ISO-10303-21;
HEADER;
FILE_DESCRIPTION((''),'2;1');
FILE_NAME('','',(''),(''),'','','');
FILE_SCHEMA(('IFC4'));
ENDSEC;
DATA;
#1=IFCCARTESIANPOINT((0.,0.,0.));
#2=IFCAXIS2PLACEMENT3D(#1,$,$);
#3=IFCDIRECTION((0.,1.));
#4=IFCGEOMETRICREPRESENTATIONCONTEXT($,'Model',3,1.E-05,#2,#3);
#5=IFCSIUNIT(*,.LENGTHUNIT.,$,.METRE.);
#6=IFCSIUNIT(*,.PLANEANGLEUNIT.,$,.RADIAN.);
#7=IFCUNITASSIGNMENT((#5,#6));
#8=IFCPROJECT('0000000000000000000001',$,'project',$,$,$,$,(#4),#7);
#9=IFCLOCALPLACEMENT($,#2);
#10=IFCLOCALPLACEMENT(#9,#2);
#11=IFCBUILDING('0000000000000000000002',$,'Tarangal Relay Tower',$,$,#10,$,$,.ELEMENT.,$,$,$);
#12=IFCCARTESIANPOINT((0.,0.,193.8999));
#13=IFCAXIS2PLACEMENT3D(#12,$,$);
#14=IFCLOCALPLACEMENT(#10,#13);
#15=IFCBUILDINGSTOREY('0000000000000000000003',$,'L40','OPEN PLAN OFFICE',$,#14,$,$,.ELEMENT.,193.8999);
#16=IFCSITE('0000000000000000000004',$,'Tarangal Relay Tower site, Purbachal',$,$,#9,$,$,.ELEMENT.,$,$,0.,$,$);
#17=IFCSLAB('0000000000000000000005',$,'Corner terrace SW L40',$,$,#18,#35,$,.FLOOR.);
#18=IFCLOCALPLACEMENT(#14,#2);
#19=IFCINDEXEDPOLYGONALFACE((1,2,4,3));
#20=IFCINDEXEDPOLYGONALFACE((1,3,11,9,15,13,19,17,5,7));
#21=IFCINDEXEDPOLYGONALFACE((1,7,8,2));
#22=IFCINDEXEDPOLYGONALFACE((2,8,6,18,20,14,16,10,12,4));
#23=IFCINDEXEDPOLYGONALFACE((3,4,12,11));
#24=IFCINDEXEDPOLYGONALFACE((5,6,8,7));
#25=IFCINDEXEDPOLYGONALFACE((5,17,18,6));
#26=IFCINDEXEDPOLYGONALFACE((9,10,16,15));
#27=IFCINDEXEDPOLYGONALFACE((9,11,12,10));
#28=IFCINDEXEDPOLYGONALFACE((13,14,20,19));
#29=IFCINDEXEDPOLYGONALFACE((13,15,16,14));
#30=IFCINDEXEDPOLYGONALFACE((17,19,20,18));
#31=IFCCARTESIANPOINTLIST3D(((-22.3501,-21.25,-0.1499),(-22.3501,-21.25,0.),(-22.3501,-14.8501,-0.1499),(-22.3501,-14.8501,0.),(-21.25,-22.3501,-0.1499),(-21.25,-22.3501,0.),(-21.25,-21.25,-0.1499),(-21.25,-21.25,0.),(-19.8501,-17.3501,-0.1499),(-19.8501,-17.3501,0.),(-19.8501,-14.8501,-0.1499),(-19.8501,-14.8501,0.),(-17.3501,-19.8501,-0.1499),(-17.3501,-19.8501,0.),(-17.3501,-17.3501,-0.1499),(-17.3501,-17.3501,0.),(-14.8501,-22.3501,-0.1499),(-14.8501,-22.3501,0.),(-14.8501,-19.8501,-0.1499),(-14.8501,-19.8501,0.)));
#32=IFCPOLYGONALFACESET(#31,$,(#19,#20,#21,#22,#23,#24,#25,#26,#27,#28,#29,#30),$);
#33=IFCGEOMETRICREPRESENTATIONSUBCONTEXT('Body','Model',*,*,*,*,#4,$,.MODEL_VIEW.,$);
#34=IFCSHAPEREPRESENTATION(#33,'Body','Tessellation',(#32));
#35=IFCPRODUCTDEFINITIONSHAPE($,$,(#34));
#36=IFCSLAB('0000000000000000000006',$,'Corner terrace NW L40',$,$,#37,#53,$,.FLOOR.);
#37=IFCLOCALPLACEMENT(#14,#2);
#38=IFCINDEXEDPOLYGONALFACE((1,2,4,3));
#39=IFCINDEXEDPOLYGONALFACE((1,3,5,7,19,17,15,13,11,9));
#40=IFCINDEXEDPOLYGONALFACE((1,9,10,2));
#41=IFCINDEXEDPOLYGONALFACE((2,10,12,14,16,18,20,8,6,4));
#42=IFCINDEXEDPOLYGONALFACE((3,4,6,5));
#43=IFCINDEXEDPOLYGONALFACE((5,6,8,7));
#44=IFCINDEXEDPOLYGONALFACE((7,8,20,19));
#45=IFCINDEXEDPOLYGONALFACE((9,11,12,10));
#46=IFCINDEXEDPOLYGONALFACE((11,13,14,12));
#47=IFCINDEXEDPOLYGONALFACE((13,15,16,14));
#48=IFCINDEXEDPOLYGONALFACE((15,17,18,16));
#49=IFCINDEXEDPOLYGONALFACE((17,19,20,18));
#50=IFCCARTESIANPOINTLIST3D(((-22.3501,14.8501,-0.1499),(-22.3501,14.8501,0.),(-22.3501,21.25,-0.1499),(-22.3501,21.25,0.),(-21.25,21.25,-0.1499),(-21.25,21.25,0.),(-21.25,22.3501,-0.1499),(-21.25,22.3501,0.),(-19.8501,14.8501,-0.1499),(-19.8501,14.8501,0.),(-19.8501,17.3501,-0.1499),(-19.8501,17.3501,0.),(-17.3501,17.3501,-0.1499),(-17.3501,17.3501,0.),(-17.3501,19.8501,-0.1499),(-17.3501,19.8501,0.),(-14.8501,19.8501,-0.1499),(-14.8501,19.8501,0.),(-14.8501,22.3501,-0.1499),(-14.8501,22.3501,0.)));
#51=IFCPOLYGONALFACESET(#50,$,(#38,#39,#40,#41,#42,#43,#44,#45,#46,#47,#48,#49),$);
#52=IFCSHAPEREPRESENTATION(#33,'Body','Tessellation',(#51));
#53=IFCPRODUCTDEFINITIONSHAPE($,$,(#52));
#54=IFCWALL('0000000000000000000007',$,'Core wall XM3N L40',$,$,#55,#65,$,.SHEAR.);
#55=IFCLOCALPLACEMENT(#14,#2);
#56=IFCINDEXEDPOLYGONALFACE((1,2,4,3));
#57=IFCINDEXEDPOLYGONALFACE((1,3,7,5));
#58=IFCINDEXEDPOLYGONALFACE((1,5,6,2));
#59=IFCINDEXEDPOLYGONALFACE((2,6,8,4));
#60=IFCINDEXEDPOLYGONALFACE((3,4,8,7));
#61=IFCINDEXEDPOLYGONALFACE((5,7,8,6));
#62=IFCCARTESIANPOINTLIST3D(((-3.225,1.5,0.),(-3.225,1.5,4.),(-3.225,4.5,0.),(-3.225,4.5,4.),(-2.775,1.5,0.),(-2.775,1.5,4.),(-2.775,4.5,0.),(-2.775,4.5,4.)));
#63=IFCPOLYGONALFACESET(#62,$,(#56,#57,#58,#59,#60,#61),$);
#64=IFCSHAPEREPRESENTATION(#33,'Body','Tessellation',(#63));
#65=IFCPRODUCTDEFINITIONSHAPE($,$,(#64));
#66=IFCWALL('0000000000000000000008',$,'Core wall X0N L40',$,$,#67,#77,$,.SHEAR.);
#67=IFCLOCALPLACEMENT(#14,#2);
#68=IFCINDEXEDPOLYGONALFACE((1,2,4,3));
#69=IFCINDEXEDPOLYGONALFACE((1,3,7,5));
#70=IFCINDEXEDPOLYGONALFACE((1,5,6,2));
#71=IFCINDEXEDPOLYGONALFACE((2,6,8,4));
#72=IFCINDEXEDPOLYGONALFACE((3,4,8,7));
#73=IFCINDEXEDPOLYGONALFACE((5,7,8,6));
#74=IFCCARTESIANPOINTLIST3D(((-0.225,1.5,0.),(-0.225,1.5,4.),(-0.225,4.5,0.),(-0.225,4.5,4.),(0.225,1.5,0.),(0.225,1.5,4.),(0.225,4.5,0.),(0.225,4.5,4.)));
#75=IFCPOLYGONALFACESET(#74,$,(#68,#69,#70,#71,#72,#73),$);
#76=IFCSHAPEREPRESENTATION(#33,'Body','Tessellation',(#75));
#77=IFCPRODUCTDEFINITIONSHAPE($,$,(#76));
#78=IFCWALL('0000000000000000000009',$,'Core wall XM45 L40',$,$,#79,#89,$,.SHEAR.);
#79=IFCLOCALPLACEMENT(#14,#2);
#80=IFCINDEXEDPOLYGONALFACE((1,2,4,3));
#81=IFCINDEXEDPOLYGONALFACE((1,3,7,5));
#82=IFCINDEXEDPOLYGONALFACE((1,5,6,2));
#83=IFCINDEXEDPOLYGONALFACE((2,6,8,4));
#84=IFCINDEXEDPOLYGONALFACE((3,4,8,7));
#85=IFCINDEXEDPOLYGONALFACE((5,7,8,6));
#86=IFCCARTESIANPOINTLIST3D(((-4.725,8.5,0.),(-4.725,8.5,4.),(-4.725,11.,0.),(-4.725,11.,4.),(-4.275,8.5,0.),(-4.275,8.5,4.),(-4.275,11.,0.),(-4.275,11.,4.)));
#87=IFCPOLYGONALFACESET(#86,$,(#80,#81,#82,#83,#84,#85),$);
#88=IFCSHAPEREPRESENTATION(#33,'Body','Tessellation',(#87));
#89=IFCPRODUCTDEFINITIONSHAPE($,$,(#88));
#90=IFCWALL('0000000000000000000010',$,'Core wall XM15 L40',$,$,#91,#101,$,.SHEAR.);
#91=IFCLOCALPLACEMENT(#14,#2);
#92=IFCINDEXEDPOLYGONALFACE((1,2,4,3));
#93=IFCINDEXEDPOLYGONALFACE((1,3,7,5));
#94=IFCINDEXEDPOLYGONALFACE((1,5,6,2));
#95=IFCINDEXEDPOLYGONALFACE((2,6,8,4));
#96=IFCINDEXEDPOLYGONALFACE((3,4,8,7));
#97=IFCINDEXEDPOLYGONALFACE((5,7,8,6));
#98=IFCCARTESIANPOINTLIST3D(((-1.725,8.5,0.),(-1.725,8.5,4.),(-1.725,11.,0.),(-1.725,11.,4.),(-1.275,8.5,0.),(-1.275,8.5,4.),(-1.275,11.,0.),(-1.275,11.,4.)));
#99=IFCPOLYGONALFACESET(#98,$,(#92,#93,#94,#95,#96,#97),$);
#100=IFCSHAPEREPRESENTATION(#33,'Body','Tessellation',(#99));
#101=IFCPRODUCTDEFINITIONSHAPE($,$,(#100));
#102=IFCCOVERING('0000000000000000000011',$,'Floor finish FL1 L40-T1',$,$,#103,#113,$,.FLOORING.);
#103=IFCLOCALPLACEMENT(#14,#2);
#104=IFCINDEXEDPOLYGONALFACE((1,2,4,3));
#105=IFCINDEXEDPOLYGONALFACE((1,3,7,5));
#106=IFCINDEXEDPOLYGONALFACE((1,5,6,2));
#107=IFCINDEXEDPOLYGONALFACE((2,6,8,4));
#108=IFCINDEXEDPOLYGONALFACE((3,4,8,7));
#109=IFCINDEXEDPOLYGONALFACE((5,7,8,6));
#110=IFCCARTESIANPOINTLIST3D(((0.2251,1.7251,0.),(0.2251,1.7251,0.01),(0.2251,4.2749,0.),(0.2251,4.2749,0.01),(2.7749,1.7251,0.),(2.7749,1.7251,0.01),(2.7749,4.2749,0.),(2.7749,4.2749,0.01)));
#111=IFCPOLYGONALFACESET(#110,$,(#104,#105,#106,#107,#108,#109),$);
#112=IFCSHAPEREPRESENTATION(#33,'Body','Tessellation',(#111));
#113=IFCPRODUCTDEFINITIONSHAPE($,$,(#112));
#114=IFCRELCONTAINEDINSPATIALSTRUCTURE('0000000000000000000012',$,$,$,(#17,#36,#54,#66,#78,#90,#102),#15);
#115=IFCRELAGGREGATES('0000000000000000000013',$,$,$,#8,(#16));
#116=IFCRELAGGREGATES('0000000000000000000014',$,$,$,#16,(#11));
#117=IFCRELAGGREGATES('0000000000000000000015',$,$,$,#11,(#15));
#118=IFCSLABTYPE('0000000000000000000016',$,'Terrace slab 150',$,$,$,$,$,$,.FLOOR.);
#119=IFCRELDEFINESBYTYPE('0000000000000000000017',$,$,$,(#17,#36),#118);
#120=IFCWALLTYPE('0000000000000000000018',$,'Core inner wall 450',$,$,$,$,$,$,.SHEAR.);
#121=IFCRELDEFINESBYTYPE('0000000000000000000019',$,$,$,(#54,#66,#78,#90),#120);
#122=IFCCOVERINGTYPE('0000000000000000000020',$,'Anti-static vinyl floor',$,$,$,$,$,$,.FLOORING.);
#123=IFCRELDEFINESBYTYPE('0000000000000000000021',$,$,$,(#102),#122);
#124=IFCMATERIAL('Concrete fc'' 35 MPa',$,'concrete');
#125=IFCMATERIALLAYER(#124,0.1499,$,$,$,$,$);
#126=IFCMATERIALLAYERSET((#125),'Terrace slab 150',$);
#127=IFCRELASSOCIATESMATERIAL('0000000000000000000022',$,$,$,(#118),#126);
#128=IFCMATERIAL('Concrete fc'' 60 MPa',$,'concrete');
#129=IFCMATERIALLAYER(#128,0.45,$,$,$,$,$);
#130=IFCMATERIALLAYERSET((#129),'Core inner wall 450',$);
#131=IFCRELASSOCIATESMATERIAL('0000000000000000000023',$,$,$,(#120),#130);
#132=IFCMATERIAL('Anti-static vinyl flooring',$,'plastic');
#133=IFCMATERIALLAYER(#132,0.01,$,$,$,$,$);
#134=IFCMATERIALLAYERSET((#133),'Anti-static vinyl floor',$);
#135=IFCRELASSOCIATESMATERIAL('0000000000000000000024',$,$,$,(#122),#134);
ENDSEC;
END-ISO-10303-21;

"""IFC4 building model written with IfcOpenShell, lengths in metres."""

from ifc_helpers import new_model, si_unit, direction, frame, frame_2d, origin, place, context, subcontext, project, spatial, polyline, rectangle, outline, extrude, material, layer, layer_set, type_object, element, save


model = new_model("IFC4")

# Units and contexts
model_context = context("Model", 3, precision=1e-05, world=origin(), true_north=direction((0.0, 1.0)))
body_context = subcontext(model_context, "Body", "Model", "MODEL_VIEW")
ifc_project = project(units=[si_unit("LENGTHUNIT", "METRE"), si_unit("PLANEANGLEUNIT", "RADIAN")], contexts=[model_context])

# Site, building, storey
site_placement = place(None, origin())
site = spatial("IfcSite", under=ifc_project, at=site_placement, Name="Tarangal Relay Tower site, Purbachal", CompositionType="ELEMENT", RefElevation=0.0)
building_placement = place(site_placement, origin())
building = spatial("IfcBuilding", under=site, at=building_placement, Name="Tarangal Relay Tower", CompositionType="ELEMENT")
storey_placement = place(building_placement, frame((0.0, 0.0, 193.8999)))
storey = spatial("IfcBuildingStorey", under=building, at=storey_placement, Name="L40", Description="OPEN PLAN OFFICE", CompositionType="ELEMENT", Elevation=193.8999)

# Slabs
ifc_material_1 = material(Name="Concrete fc' 35 MPa", Category="concrete")
ifc_layer_1 = layer(ifc_material_1, 0.1499)
ifc_layer_set_1 = layer_set([ifc_layer_1], Name="Terrace slab 150")
slab_type_1 = type_object("IfcSlabType", Name="Terrace slab 150", PredefinedType="FLOOR", material=ifc_layer_set_1)
slab_1_placement = place(storey_placement, frame((0.0, 0.0, -0.1499)))
element("IfcSlab", 1, at=slab_1_placement, inside=storey, type_object=slab_type_1, Name="Corner terrace SW L40", PredefinedType="FLOOR", context=body_context, shape_type="SweptSolid", body=[
    extrude(outline(polyline([(-14.8501, -22.3501), (-14.8501, -19.8501), (-17.3501, -19.8501), (-17.3501, -17.3501), (-19.8501, -17.3501), (-19.8501, -14.8501), (-22.3501, -14.8501), (-22.3501, -21.25), (-21.25, -21.25), (-21.25, -22.3501), (-14.8501, -22.3501)])), origin(), (0.0, 0.0, 1.0), 0.1499),
])
slab_2_placement = place(storey_placement, frame((0.0, 0.0, -0.1499)))
element("IfcSlab", 2, at=slab_2_placement, inside=storey, type_object=slab_type_1, Name="Corner terrace NW L40", PredefinedType="FLOOR", context=body_context, shape_type="SweptSolid", body=[
    extrude(outline(polyline([(-22.3501, 14.8501), (-19.8501, 14.8501), (-19.8501, 17.3501), (-17.3501, 17.3501), (-17.3501, 19.8501), (-14.8501, 19.8501), (-14.8501, 22.3501), (-21.25, 22.3501), (-21.25, 21.25), (-22.3501, 21.25), (-22.3501, 14.8501)])), origin(), (0.0, 0.0, 1.0), 0.1499),
])

# Shared definitions
ifc_material_2 = material(Name="Concrete fc' 60 MPa", Category="concrete")
ifc_layer_2 = layer(ifc_material_2, 0.45)
ifc_layer_set_2 = layer_set([ifc_layer_2], Name="Core inner wall 450")
wall_type = type_object("IfcWallType", Name="Core inner wall 450", PredefinedType="SHEAR", material=ifc_layer_set_2)

# Walls
for number, where, z_axis, x_axis, name in (
    (3, (-3.0, 1.5, 0.0), (0.0, 0.0, 1.0), (0.0, 1.0, 0.0), "Core wall XM3N L40"),
    (4, (0.0, 1.5, 0.0), (0.0, 0.0, 1.0), (0.0, 1.0, 0.0), "Core wall X0N L40"),
):
    element("IfcWall", number, at=place(storey_placement, frame(where, z_axis=z_axis, x_axis=x_axis)), inside=storey, type_object=wall_type, Name=name, PredefinedType="SHEAR", context=body_context, shape_type="SweptSolid", body=[
        extrude(rectangle(XDim=3.0, YDim=0.45, at=frame_2d((1.5, 0.0))), origin(), (0.0, 0.0, 1.0), 4.0),
    ])
for number, where, z_axis, x_axis, name in (
    (5, (-4.5, 8.5, 0.0), (0.0, 0.0, 1.0), (0.0, 1.0, 0.0), "Core wall XM45 L40"),
    (6, (-1.5, 8.5, 0.0), (0.0, 0.0, 1.0), (0.0, 1.0, 0.0), "Core wall XM15 L40"),
):
    element("IfcWall", number, at=place(storey_placement, frame(where, z_axis=z_axis, x_axis=x_axis)), inside=storey, type_object=wall_type, Name=name, PredefinedType="SHEAR", context=body_context, shape_type="SweptSolid", body=[
        extrude(rectangle(XDim=2.5, YDim=0.45, at=frame_2d((1.25, 0.0))), origin(), (0.0, 0.0, 1.0), 4.0),
    ])

# Covering
ifc_material_3 = material(Name="Anti-static vinyl flooring", Category="plastic")
ifc_layer_3 = layer(ifc_material_3, 0.01)
ifc_layer_set_3 = layer_set([ifc_layer_3], Name="Anti-static vinyl floor")
covering_type = type_object("IfcCoveringType", Name="Anti-static vinyl floor", PredefinedType="FLOORING", material=ifc_layer_set_3)
covering_placement = place(storey_placement, origin())
element("IfcCovering", 7, at=covering_placement, inside=storey, type_object=covering_type, Name="Floor finish FL1 L40-T1", PredefinedType="FLOORING", context=body_context, shape_type="SweptSolid", body=[
    extrude(outline(polyline([(0.2251, 1.7251), (2.7749, 1.7251), (2.7749, 4.2749), (0.2251, 4.2749), (0.2251, 1.7251)])), origin(), (0.0, 0.0, 1.0), 0.01),
])

save(model, "model.ifc")
